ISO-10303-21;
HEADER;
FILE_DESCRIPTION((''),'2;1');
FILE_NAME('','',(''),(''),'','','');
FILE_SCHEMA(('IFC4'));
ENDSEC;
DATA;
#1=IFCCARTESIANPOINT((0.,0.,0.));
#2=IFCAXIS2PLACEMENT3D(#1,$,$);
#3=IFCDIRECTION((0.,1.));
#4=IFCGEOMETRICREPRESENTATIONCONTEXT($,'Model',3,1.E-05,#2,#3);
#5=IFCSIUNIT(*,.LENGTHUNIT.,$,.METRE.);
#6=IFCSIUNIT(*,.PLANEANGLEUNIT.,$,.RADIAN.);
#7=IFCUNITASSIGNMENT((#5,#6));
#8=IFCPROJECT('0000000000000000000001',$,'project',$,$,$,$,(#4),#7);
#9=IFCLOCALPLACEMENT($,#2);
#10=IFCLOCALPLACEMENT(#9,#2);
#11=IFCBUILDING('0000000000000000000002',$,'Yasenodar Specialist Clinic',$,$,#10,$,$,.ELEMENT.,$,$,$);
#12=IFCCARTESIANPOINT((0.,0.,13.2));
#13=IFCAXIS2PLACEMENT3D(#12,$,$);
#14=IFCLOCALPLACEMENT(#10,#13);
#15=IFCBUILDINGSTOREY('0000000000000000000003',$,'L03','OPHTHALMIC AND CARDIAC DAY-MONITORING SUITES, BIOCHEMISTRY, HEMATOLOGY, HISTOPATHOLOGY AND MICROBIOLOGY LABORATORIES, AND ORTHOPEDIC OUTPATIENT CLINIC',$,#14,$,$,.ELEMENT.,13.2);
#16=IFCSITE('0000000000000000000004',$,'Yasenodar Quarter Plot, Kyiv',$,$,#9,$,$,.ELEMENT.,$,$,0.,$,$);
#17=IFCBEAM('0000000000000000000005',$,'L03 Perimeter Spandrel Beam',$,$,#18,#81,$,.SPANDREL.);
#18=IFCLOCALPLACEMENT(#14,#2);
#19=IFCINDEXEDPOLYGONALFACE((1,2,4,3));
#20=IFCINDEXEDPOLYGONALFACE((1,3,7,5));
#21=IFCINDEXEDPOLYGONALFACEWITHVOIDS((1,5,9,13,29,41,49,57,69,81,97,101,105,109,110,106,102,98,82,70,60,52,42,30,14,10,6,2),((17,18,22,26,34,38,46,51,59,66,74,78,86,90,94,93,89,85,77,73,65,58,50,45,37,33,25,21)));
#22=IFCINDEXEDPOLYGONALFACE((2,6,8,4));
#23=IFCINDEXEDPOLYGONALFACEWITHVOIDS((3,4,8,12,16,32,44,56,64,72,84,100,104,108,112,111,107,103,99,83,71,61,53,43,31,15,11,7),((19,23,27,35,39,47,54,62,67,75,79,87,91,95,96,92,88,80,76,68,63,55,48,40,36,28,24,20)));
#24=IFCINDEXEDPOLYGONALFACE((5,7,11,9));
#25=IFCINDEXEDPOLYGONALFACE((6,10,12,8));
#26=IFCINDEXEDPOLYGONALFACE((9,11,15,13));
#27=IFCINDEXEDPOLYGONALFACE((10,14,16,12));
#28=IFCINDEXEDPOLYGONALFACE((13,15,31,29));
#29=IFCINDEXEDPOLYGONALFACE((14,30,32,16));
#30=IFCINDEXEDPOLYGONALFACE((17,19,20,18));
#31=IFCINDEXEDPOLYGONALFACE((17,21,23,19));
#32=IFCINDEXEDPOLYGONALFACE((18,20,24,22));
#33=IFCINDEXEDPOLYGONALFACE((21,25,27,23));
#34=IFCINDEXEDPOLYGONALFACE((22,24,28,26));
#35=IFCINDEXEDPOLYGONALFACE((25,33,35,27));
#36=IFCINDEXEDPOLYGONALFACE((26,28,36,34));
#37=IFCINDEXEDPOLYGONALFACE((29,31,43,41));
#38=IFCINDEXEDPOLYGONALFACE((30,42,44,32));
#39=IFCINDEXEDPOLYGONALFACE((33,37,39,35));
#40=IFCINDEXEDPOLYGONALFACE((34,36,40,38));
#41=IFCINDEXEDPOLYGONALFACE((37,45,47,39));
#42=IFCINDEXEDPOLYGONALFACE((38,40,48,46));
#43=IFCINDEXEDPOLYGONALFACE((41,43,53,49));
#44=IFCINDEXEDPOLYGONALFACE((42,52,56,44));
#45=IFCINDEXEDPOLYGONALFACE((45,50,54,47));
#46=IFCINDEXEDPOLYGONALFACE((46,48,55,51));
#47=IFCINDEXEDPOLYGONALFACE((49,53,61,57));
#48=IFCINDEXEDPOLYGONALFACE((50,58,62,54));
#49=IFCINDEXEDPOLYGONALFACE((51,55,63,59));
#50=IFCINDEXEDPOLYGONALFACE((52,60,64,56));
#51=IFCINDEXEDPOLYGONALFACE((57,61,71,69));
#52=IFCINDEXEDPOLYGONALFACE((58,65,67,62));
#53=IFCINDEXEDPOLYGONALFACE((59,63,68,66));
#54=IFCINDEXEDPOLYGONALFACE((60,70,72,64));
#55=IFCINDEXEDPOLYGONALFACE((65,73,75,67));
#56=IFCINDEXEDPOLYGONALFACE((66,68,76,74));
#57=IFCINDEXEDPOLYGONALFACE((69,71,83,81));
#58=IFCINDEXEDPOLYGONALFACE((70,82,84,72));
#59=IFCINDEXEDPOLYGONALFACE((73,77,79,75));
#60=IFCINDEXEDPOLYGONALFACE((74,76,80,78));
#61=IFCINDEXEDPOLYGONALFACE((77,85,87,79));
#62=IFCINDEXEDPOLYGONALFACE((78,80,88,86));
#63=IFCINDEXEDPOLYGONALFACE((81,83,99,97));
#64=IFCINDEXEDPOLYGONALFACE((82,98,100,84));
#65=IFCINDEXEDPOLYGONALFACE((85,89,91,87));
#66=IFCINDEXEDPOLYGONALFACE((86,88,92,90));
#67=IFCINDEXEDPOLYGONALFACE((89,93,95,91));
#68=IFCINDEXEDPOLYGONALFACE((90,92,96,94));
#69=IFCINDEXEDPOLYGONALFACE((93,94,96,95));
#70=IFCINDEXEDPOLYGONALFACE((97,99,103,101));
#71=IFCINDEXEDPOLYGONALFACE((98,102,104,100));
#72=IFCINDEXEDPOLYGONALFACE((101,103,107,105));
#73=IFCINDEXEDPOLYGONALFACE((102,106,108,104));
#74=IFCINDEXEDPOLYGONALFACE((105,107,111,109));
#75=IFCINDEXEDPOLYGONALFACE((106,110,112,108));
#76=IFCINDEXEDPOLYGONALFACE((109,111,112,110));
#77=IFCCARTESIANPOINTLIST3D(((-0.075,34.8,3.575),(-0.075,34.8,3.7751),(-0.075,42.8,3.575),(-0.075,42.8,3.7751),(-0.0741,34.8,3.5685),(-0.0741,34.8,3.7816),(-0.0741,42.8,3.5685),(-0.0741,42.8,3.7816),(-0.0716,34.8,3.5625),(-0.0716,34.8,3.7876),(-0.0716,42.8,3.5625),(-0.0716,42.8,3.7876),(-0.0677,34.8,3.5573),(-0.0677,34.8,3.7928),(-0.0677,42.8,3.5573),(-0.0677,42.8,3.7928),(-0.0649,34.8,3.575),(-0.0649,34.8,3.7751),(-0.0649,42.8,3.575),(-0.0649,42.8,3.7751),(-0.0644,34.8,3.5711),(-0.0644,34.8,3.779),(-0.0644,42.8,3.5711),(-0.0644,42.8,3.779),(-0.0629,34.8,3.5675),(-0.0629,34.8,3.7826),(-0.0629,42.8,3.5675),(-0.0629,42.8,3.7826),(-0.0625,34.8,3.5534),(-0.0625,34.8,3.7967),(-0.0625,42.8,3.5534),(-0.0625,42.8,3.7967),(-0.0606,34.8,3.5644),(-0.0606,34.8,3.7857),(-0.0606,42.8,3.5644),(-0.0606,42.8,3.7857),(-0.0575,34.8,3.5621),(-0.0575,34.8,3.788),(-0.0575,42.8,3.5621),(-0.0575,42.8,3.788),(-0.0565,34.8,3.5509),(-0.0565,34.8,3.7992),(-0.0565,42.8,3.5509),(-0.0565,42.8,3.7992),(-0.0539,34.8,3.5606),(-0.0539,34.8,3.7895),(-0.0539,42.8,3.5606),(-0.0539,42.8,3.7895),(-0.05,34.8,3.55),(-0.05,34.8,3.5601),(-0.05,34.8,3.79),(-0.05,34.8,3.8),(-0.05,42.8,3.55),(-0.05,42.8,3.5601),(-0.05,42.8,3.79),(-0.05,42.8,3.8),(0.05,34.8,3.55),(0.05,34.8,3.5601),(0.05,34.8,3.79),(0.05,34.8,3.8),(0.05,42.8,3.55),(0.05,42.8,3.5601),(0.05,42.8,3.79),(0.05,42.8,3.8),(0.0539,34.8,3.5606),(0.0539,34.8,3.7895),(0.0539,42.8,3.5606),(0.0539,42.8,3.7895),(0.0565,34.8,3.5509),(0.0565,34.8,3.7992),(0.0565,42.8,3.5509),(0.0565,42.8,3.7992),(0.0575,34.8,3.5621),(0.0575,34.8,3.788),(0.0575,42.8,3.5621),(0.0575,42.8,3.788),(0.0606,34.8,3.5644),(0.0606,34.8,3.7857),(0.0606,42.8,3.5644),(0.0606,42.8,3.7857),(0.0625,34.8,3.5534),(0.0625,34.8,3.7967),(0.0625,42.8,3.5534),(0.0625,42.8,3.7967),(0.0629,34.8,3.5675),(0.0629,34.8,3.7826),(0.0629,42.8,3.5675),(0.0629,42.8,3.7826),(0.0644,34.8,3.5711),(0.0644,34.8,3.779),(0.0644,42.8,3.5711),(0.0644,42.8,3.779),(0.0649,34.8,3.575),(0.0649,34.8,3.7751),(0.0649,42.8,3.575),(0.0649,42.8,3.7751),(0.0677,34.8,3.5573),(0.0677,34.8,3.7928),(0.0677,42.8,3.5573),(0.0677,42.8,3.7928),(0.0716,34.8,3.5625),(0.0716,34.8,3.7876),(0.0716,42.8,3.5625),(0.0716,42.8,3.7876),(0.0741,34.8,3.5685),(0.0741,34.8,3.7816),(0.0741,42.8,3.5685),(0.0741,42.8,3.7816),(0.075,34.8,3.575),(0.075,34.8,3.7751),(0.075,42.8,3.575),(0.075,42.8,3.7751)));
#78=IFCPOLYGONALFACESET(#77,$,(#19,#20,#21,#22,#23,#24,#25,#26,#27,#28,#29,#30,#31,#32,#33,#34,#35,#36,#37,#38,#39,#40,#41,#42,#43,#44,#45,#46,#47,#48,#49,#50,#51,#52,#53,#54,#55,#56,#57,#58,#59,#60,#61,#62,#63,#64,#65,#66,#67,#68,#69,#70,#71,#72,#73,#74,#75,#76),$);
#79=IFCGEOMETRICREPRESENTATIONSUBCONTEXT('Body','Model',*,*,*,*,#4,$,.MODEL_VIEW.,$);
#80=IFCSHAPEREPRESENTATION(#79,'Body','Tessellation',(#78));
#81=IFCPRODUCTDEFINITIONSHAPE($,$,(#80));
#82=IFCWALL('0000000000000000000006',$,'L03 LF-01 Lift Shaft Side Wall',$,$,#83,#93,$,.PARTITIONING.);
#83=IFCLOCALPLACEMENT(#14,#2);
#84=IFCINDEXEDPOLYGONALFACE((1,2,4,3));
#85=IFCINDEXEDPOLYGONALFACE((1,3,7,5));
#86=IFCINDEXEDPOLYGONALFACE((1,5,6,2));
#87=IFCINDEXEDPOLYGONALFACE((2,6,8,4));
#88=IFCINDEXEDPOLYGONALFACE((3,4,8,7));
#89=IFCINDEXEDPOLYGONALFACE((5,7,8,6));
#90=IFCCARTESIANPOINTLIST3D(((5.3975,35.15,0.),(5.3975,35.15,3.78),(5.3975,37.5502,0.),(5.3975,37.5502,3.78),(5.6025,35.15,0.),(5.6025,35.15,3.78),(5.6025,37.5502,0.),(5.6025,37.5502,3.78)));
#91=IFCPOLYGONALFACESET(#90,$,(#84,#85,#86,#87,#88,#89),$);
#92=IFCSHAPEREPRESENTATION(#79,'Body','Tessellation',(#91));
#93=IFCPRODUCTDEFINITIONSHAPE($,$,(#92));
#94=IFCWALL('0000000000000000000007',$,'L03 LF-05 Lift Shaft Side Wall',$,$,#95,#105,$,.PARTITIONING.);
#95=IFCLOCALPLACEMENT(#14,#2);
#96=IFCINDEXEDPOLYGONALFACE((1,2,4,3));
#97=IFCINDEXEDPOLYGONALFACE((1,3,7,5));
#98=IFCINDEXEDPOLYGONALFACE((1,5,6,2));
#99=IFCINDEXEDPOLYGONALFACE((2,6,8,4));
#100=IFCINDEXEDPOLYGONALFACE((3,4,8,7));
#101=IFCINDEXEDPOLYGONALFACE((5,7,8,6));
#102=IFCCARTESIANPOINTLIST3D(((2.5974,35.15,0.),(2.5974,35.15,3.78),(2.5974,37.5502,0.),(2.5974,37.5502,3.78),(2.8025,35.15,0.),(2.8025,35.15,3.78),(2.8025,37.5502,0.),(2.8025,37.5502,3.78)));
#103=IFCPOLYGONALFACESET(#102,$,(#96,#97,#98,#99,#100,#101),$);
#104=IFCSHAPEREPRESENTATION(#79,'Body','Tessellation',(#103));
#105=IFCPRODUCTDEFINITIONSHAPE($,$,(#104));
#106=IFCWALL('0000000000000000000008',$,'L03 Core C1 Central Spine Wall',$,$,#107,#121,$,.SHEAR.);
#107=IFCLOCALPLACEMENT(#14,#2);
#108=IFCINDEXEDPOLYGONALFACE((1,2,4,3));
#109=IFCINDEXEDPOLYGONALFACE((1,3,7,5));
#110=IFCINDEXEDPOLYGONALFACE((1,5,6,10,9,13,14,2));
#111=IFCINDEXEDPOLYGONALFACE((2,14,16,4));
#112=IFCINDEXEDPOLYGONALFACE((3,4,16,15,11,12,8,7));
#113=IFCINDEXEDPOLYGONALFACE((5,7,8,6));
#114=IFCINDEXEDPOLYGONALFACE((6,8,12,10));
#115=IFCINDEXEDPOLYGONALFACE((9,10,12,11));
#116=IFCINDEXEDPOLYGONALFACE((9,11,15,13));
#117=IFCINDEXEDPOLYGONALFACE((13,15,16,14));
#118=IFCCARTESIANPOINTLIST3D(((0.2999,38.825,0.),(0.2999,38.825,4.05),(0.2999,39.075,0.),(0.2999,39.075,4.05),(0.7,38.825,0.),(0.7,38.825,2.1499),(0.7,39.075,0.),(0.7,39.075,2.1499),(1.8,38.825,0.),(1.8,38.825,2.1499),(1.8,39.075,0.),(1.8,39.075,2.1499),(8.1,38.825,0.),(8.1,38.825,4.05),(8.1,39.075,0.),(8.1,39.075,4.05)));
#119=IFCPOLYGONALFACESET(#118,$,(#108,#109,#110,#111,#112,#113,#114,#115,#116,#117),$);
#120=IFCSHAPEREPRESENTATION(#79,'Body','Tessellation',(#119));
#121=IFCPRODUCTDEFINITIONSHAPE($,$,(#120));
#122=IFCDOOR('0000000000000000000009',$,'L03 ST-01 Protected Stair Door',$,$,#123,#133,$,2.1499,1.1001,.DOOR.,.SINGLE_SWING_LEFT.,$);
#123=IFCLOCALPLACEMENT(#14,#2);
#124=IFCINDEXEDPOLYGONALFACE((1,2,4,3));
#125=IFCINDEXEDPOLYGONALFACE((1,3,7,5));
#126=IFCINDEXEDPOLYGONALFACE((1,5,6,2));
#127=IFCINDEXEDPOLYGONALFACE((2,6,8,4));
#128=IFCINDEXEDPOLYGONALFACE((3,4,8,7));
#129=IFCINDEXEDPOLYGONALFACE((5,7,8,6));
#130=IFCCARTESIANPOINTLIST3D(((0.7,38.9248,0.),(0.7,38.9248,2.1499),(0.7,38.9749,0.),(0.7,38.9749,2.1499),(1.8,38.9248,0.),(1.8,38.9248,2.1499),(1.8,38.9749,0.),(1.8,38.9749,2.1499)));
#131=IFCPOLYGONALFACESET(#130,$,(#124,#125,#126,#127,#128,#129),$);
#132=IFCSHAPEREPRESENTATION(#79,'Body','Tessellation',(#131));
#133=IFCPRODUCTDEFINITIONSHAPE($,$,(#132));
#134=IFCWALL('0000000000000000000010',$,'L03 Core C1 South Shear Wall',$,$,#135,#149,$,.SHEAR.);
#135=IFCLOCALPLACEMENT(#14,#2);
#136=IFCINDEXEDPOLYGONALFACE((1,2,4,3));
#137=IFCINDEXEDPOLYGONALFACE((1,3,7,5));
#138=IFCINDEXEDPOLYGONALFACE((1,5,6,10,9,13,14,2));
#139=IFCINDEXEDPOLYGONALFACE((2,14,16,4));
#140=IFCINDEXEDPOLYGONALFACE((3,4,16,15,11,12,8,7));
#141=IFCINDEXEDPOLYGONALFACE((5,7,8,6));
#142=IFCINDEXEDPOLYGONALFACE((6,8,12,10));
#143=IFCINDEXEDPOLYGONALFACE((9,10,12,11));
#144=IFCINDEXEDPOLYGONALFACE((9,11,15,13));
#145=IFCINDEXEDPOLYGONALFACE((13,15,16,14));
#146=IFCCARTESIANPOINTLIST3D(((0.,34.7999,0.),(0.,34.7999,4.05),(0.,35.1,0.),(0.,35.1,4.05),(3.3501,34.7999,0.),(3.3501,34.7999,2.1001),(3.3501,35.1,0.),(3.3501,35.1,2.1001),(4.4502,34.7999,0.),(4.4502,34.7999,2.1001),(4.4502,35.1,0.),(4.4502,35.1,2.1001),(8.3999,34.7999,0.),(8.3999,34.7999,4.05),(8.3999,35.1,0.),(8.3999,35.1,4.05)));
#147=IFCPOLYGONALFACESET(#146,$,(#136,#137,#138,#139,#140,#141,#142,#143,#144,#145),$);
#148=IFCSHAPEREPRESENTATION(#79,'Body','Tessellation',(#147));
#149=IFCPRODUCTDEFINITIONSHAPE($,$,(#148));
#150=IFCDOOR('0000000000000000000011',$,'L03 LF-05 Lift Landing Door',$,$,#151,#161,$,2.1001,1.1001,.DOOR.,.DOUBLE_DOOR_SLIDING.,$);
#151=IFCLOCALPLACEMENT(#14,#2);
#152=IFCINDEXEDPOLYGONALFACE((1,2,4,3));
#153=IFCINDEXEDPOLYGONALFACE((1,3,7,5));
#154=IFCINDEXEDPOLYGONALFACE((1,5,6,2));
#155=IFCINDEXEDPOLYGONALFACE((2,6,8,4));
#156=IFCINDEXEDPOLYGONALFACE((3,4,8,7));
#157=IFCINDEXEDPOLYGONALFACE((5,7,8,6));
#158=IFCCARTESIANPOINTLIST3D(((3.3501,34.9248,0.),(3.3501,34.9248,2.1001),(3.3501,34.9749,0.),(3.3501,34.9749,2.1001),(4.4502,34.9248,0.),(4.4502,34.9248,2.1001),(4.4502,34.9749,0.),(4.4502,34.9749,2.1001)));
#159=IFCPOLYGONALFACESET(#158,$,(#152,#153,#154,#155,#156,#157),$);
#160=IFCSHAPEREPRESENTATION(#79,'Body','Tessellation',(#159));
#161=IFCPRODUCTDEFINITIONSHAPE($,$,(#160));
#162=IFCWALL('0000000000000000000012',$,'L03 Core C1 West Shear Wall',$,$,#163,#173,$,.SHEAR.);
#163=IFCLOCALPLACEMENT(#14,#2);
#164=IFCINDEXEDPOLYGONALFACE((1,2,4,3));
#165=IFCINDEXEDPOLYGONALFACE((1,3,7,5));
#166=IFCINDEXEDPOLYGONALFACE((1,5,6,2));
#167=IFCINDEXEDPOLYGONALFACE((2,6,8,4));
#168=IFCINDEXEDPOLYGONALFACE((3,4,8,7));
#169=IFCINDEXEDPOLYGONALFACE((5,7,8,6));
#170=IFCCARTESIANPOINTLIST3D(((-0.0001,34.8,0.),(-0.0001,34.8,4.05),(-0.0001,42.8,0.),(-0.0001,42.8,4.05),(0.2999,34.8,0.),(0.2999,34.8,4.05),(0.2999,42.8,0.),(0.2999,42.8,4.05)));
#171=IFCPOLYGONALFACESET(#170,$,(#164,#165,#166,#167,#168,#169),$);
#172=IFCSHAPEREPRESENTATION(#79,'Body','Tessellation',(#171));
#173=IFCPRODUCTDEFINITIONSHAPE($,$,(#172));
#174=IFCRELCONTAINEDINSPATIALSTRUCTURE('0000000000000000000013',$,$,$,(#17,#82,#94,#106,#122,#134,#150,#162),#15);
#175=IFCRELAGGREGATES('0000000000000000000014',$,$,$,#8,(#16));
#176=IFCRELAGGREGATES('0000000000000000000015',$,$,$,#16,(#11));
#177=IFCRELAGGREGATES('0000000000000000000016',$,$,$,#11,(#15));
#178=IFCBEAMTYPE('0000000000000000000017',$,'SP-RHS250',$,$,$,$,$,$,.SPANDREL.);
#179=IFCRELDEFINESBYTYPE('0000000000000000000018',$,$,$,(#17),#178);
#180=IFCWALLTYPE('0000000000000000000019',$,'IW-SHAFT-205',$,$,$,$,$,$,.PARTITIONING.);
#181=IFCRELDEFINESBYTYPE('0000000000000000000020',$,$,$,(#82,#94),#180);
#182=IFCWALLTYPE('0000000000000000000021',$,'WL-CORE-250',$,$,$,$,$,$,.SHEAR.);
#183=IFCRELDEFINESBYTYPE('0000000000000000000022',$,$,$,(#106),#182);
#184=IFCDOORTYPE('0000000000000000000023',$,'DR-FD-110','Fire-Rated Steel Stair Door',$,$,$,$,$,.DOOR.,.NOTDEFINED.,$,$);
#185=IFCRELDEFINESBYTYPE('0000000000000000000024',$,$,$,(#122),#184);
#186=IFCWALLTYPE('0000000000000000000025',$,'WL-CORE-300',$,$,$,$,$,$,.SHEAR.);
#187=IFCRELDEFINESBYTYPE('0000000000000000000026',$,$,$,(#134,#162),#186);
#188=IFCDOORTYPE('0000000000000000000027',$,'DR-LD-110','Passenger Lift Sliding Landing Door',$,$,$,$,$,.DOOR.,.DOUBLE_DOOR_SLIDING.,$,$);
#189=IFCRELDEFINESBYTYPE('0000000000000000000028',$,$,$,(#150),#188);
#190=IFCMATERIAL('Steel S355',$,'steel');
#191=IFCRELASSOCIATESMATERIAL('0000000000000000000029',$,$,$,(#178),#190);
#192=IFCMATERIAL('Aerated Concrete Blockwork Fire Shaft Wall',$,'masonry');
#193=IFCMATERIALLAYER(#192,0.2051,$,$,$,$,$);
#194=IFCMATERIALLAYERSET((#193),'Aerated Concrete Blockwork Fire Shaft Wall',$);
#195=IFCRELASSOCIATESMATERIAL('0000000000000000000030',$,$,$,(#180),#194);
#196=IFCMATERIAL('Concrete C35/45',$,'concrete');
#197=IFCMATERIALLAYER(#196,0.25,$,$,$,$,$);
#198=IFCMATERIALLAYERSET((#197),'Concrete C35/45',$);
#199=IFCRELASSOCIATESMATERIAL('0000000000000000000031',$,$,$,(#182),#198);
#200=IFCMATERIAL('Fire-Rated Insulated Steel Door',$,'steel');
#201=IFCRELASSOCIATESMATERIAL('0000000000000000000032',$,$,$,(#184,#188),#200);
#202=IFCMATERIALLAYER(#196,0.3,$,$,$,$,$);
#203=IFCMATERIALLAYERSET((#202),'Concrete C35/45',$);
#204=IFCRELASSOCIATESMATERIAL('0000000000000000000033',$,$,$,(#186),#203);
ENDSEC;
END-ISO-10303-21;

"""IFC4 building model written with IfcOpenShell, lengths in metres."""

from ifc_helpers import new_model, si_unit, direction, frame, frame_2d, origin, origin_2d, place, context, subcontext, project, spatial, rectangle, hollow_rectangle, extrude, material, layer, layer_set, material_profile, profile_set, type_object, element, fill, save


model = new_model("IFC4")

# Units and contexts
model_context = context("Model", 3, precision=1e-05, world=origin(), true_north=direction((0.0, 1.0)))
body_context = subcontext(model_context, "Body", "Model", "MODEL_VIEW")
ifc_project = project(units=[si_unit("LENGTHUNIT", "METRE"), si_unit("PLANEANGLEUNIT", "RADIAN")], contexts=[model_context])

# Site, building, storey
site_placement = place(None, origin())
site = spatial("IfcSite", under=ifc_project, at=site_placement, Name="Yasenodar Quarter Plot, Kyiv", CompositionType="ELEMENT", RefElevation=0.0)
building_placement = place(site_placement, origin())
building = spatial("IfcBuilding", under=site, at=building_placement, Name="Yasenodar Specialist Clinic", CompositionType="ELEMENT")
storey_placement = place(building_placement, frame((0.0, 0.0, 13.2)))
storey = spatial("IfcBuildingStorey", under=building, at=storey_placement, Name="L03", Description="OPHTHALMIC AND CARDIAC DAY-MONITORING SUITES, BIOCHEMISTRY, HEMATOLOGY, HISTOPATHOLOGY AND MICROBIOLOGY LABORATORIES, AND ORTHOPEDIC OUTPATIENT CLINIC", CompositionType="ELEMENT", Elevation=13.2)

# Shared definitions
ifc_material_1 = material(Name="Steel S355", Category="steel")

# Beam
ifc_material_profile_1 = material_profile(ifc_material_1, hollow_rectangle(XDim=0.1499, YDim=0.25, WallThickness=0.01, InnerFilletRadius=0.0149, OuterFilletRadius=0.0249, at=origin_2d()), Name="RHS 250x150x10")
ifc_profile_set_1 = profile_set([ifc_material_profile_1], Name="Steel S355")
beam_type_1 = type_object("IfcBeamType", Name="SP-RHS250", PredefinedType="SPANDREL", material=ifc_profile_set_1)
beam_1_placement = place(storey_placement, frame((0.0, 34.8, 3.675), z_axis=(0.0, 1.0, 0.0), x_axis=(-1.0, 0.0, 0.0)))
element("IfcBeam", 1, at=beam_1_placement, inside=storey, type_object=beam_type_1, Name="L03 Perimeter Spandrel Beam", PredefinedType="SPANDREL", context=body_context, shape_type="SweptSolid", body=[
    extrude(hollow_rectangle(XDim=0.1499, YDim=0.25, WallThickness=0.01, InnerFilletRadius=0.0149, OuterFilletRadius=0.0249, at=origin_2d()), origin(), (0.0, 0.0, 1.0), 8.0),
])

# Walls
ifc_material_2 = material(Name="Aerated Concrete Blockwork Fire Shaft Wall", Category="masonry")
ifc_layer_1 = layer(ifc_material_2, 0.2051)
ifc_layer_set_1 = layer_set([ifc_layer_1], Name="Aerated Concrete Blockwork Fire Shaft Wall")
wall_type_1 = type_object("IfcWallType", Name="IW-SHAFT-205", PredefinedType="PARTITIONING", material=ifc_layer_set_1)
for number, where, z_axis, x_axis, name in (
    (2, (5.5, 35.1499, 0.0), (0.0, 0.0, 1.0), (0.0, 1.0, 0.0), "L03 LF-01 Lift Shaft Side Wall"),
    (3, (2.7, 35.1499, 0.0), (0.0, 0.0, 1.0), (0.0, 1.0, 0.0), "L03 LF-05 Lift Shaft Side Wall"),
):
    element("IfcWall", number, at=place(storey_placement, frame(where, z_axis=z_axis, x_axis=x_axis)), inside=storey, type_object=wall_type_1, Name=name, PredefinedType="PARTITIONING", context=body_context, shape_type="SweptSolid", body=[
        extrude(rectangle(XDim=2.4001, YDim=0.2051, at=frame_2d((1.2002, 0.0))), origin(), (0.0, 0.0, 1.0), 3.78),
    ])

# Walls, openings, doors
ifc_material_3 = material(Name="Concrete C35/45", Category="concrete")
ifc_layer_2 = layer(ifc_material_3, 0.25)
ifc_layer_set_2 = layer_set([ifc_layer_2], Name="Concrete C35/45")
wall_type_2 = type_object("IfcWallType", Name="WL-CORE-250", PredefinedType="SHEAR", material=ifc_layer_set_2)
wall_1_placement = place(storey_placement, frame((0.3, 38.95, 0.0), z_axis=(0.0, 0.0, 1.0), x_axis=(1.0, 0.0, 0.0)))
wall_1 = element("IfcWall", 4, at=wall_1_placement, inside=storey, type_object=wall_type_2, Name="L03 Core C1 Central Spine Wall", PredefinedType="SHEAR", context=body_context, shape_type="SweptSolid", body=[
    extrude(rectangle(XDim=7.8, YDim=0.25, at=frame_2d((3.8999, 0.0))), origin(), (0.0, 0.0, 1.0), 4.05),
])
opening_1_placement = place(wall_1_placement, frame((0.3999, 0.0, 0.0)))
opening_1 = element("IfcOpeningElement", 5, at=opening_1_placement, cuts=wall_1, PredefinedType="OPENING", context=body_context, shape_type="SweptSolid", body=[
    extrude(rectangle(XDim=1.1001, YDim=2.1499, at=frame_2d((0.55, 1.075))), frame((0.0, 0.135, 0.0), z_axis=(0.0, -1.0, 0.0), x_axis=(1.0, 0.0, 0.0)), (0.0, 0.0, 1.0), 0.27),
])
ifc_material_4 = material(Name="Fire-Rated Insulated Steel Door", Category="steel")
door_type_1 = type_object("IfcDoorType", Name="DR-FD-110", Description="Fire-Rated Steel Stair Door", OperationType="NOTDEFINED", PredefinedType="DOOR", material=ifc_material_4)
door_1_placement = place(opening_1_placement, origin())
door_1 = element("IfcDoor", 6, at=door_1_placement, inside=storey, type_object=door_type_1, Name="L03 ST-01 Protected Stair Door", OperationType="SINGLE_SWING_LEFT", OverallHeight=2.1499, OverallWidth=1.1001, PredefinedType="DOOR", context=body_context, shape_type="SweptSolid", body=[
    extrude(rectangle(XDim=1.1001, YDim=2.1499, at=frame_2d((0.55, 1.075))), frame((0.0, 0.0249, 0.0), z_axis=(0.0, -1.0, 0.0), x_axis=(1.0, 0.0, 0.0)), (0.0, 0.0, 1.0), 0.05),
])
fill(opening_1, door_1)
ifc_layer_3 = layer(ifc_material_3, 0.3)
ifc_layer_set_3 = layer_set([ifc_layer_3], Name="Concrete C35/45")
wall_type_3 = type_object("IfcWallType", Name="WL-CORE-300", PredefinedType="SHEAR", material=ifc_layer_set_3)
wall_2_placement = place(storey_placement, frame((0.0, 34.95, 0.0), z_axis=(0.0, 0.0, 1.0), x_axis=(1.0, 0.0, 0.0)))
wall_2 = element("IfcWall", 7, at=wall_2_placement, inside=storey, type_object=wall_type_3, Name="L03 Core C1 South Shear Wall", PredefinedType="SHEAR", context=body_context, shape_type="SweptSolid", body=[
    extrude(rectangle(XDim=8.3999, YDim=0.3, at=frame_2d((4.2, 0.0))), origin(), (0.0, 0.0, 1.0), 4.05),
])
opening_2_placement = place(wall_2_placement, frame((3.3501, 0.0, 0.0)))
opening_2 = element("IfcOpeningElement", 8, at=opening_2_placement, cuts=wall_2, PredefinedType="OPENING", context=body_context, shape_type="SweptSolid", body=[
    extrude(rectangle(XDim=1.1001, YDim=2.1001, at=frame_2d((0.55, 1.05))), frame((0.0, 0.1602, 0.0), z_axis=(0.0, -1.0, 0.0), x_axis=(1.0, 0.0, 0.0)), (0.0, 0.0, 1.0), 0.3201),
])
door_type_2 = type_object("IfcDoorType", Name="DR-LD-110", Description="Passenger Lift Sliding Landing Door", OperationType="DOUBLE_DOOR_SLIDING", PredefinedType="DOOR", material=ifc_material_4)
door_2_placement = place(opening_2_placement, origin())
door_2 = element("IfcDoor", 9, at=door_2_placement, inside=storey, type_object=door_type_2, Name="L03 LF-05 Lift Landing Door", OperationType="DOUBLE_DOOR_SLIDING", OverallHeight=2.1001, OverallWidth=1.1001, PredefinedType="DOOR", context=body_context, shape_type="SweptSolid", body=[
    extrude(rectangle(XDim=1.1001, YDim=2.1001, at=frame_2d((0.55, 1.05))), frame((0.0, 0.0249, 0.0), z_axis=(0.0, -1.0, 0.0), x_axis=(1.0, 0.0, 0.0)), (0.0, 0.0, 1.0), 0.05),
])
fill(opening_2, door_2)

# Wall
wall_3_placement = place(storey_placement, frame((0.1499, 34.8, 0.0), z_axis=(0.0, 0.0, 1.0), x_axis=(0.0, 1.0, 0.0)))
element("IfcWall", 10, at=wall_3_placement, inside=storey, type_object=wall_type_3, Name="L03 Core C1 West Shear Wall", PredefinedType="SHEAR", context=body_context, shape_type="SweptSolid", body=[
    extrude(rectangle(XDim=8.0, YDim=0.3, at=frame_2d((4.0, 0.0))), origin(), (0.0, 0.0, 1.0), 4.05),
])

save(model, "model.ifc")
